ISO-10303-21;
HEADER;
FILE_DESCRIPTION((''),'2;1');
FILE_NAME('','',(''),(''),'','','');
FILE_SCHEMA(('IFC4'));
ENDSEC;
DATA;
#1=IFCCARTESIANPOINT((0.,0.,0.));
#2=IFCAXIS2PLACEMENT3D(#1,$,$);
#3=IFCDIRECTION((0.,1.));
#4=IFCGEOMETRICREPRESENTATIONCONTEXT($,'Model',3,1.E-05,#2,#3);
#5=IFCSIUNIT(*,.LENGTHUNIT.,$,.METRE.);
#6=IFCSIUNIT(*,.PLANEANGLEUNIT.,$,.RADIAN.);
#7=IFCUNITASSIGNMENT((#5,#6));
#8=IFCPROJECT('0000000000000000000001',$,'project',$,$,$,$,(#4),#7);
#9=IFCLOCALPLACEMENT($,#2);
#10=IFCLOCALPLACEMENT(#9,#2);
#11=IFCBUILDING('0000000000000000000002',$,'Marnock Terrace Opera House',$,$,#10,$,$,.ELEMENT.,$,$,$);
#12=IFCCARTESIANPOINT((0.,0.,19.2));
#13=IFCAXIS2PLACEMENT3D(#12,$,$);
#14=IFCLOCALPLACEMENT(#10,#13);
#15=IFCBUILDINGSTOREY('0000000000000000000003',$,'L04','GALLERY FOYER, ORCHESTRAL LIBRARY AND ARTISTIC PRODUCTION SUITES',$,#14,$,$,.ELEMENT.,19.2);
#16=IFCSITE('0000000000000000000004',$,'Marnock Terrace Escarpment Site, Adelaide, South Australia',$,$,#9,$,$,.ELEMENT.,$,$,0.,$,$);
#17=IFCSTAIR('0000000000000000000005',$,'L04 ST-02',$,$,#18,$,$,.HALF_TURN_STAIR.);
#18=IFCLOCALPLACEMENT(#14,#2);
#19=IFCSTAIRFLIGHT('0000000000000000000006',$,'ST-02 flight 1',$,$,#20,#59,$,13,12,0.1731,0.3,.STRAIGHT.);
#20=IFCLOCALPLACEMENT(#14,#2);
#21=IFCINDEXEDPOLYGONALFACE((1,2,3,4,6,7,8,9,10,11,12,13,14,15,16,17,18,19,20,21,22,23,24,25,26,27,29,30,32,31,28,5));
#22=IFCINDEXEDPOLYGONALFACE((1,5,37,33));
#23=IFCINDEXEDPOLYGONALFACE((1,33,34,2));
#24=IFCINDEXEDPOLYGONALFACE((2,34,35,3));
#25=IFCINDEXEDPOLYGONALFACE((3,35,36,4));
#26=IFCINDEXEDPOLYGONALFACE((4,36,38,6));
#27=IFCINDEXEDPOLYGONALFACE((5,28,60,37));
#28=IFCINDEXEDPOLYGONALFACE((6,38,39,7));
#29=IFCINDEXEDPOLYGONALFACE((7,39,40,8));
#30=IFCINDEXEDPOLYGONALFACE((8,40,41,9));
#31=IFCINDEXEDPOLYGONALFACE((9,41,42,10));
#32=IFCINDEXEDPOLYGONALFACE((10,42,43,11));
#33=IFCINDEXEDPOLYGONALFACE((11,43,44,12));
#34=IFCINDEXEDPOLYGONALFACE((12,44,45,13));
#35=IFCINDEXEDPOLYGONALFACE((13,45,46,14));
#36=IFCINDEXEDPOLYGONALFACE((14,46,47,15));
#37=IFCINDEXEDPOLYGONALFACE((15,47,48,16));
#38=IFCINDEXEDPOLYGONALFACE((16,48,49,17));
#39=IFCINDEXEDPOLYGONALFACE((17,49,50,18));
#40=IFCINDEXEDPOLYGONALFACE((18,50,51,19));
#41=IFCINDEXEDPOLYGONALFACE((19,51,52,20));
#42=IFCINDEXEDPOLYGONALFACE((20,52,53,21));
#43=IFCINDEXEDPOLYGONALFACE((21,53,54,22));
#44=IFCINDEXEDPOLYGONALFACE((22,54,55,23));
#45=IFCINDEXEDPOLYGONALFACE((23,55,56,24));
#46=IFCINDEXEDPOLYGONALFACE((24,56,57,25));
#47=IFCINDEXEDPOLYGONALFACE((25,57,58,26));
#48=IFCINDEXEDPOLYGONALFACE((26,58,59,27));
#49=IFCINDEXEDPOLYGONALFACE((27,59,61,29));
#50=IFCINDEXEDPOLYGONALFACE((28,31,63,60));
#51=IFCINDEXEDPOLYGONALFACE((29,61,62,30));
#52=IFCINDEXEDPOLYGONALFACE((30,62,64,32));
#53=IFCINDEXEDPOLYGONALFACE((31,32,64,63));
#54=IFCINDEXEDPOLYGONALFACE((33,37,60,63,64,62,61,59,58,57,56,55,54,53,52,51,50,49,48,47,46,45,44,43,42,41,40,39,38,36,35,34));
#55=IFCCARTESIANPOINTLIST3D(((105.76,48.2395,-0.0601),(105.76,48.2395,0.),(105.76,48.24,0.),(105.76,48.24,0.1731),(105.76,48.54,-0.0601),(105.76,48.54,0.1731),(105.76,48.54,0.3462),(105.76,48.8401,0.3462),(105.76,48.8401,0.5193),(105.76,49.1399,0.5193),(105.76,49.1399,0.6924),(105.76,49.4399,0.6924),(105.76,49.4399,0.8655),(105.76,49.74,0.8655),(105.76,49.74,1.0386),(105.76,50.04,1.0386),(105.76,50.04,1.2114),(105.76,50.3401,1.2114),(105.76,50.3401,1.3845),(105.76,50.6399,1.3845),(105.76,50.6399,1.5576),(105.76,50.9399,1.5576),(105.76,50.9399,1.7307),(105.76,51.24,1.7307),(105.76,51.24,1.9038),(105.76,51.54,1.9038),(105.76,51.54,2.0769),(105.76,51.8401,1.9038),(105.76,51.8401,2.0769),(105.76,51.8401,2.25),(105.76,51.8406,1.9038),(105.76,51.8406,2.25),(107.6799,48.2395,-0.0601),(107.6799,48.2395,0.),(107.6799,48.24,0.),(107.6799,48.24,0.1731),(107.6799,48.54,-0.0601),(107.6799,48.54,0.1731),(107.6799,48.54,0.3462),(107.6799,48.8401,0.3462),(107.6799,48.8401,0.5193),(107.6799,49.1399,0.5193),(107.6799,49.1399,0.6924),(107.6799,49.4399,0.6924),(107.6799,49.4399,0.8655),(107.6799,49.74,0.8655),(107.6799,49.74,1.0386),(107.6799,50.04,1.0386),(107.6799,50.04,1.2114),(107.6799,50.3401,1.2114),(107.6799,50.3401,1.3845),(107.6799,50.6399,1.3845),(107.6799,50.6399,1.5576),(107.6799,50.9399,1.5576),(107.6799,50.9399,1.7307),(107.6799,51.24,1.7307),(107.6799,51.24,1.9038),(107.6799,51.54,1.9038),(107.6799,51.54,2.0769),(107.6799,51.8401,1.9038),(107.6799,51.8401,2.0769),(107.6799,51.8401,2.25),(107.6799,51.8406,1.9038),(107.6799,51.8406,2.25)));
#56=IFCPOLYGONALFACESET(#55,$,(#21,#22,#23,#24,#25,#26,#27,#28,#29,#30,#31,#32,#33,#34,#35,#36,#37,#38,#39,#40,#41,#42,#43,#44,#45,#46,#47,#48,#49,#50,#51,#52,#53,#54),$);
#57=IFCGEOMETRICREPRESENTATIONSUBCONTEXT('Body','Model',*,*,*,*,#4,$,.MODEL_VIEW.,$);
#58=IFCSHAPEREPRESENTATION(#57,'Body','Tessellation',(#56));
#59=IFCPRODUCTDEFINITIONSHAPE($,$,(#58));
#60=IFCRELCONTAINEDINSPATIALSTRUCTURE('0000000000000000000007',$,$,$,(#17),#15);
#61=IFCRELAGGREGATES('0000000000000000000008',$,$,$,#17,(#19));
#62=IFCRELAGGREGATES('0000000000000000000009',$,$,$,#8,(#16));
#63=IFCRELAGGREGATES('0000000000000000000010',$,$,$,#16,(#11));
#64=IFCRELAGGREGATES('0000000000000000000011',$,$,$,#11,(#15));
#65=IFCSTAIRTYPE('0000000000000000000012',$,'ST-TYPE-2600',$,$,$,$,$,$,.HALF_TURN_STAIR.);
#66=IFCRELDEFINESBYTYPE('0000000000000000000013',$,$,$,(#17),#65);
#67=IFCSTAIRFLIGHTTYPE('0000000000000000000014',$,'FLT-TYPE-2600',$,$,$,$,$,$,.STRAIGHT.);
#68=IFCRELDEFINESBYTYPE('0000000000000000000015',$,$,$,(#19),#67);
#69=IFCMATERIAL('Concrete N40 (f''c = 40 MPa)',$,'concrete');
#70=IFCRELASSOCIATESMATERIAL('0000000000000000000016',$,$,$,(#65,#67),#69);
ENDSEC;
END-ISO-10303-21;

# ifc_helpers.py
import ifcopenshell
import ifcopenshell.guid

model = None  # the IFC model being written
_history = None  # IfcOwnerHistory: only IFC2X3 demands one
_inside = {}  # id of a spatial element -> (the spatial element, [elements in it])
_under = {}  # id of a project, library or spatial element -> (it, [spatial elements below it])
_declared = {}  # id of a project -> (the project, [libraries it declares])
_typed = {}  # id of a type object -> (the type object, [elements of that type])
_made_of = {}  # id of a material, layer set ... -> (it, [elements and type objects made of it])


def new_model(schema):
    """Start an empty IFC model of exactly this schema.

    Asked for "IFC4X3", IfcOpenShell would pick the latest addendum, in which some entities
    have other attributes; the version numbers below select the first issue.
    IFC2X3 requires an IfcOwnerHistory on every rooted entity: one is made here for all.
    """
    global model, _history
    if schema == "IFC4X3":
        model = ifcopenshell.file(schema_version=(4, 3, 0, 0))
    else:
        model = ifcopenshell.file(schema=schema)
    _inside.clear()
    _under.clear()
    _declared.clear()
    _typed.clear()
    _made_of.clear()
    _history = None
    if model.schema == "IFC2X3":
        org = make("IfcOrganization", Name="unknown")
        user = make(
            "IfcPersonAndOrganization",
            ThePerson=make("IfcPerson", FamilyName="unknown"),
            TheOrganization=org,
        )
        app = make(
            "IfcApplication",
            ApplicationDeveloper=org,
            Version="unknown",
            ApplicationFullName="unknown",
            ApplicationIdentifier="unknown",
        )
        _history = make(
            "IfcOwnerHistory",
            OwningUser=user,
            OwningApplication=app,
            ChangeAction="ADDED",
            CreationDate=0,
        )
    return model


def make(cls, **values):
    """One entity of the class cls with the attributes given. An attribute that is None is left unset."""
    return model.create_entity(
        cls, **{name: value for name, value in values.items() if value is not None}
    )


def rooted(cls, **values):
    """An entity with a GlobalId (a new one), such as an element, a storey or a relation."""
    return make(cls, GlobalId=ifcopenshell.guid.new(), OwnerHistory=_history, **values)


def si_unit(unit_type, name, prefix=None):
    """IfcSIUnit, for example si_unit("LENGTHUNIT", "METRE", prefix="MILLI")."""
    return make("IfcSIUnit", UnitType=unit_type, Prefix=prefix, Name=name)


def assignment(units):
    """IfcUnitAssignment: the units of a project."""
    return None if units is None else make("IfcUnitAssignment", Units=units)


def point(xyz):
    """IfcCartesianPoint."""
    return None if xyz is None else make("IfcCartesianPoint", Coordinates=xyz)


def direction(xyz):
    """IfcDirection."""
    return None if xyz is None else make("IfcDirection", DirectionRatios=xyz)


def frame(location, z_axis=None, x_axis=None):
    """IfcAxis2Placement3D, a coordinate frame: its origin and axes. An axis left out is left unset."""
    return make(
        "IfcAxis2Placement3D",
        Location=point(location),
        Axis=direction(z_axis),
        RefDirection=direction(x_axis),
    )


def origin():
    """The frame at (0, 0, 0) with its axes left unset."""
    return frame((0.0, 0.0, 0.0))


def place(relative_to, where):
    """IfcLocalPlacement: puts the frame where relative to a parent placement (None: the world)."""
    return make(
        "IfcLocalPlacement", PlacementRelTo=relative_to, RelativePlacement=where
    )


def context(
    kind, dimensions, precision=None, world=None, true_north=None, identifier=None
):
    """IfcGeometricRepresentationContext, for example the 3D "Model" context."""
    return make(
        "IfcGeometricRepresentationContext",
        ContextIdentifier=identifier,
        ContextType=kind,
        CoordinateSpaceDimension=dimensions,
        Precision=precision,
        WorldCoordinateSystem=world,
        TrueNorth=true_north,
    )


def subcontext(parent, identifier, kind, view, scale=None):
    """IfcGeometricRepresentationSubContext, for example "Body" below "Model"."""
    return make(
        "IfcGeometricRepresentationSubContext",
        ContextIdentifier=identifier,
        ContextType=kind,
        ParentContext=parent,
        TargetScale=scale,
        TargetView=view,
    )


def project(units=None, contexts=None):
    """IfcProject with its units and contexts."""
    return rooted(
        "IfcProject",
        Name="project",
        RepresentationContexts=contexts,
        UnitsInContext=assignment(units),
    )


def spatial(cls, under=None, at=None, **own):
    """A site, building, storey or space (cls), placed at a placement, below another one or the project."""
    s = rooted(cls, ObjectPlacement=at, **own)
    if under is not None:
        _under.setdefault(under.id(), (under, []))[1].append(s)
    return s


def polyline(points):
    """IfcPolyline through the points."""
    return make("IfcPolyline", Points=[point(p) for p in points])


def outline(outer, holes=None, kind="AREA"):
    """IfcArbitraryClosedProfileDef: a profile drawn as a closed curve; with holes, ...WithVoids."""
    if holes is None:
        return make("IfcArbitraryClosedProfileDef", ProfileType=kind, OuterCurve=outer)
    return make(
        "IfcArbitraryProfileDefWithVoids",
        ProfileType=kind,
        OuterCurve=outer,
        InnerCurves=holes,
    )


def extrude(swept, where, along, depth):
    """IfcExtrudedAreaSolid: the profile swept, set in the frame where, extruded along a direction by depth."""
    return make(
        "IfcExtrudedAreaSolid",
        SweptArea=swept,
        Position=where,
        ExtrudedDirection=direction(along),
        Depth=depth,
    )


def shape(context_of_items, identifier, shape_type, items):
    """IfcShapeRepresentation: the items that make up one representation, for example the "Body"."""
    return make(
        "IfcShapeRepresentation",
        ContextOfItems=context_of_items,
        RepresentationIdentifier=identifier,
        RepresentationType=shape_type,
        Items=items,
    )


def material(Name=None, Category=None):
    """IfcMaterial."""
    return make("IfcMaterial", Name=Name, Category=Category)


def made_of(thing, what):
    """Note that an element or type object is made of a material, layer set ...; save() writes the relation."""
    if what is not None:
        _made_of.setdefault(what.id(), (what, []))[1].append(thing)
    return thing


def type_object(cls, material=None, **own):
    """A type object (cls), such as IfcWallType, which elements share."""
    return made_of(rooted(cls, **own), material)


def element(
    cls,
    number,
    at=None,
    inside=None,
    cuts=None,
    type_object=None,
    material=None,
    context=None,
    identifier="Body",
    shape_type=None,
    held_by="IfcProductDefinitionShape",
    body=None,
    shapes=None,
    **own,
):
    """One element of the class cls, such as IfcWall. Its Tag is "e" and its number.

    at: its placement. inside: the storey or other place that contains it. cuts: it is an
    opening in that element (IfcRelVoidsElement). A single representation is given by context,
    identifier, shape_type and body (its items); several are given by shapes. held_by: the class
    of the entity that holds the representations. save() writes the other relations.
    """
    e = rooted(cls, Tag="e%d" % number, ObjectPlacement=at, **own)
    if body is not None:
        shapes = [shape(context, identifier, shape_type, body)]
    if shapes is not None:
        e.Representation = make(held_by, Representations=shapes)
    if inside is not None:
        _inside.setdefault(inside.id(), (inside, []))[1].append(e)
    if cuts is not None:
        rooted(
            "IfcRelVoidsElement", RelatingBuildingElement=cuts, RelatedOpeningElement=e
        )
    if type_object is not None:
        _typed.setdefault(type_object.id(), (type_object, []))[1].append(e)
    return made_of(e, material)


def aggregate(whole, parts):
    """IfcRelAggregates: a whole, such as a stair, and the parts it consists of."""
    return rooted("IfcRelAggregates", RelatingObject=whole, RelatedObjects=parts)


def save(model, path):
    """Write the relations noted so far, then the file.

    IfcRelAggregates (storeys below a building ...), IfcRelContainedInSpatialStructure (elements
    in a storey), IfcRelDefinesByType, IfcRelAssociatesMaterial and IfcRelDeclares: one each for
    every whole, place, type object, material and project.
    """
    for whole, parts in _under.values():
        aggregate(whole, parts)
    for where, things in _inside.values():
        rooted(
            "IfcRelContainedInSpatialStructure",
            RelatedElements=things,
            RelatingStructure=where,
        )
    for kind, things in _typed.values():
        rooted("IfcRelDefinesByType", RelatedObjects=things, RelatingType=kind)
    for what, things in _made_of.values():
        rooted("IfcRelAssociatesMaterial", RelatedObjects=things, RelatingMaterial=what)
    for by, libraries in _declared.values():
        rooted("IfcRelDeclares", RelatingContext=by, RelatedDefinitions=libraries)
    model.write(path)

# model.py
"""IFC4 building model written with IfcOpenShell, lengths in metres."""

from ifc_helpers import new_model, si_unit, direction, frame, origin, place, context, subcontext, project, spatial, polyline, outline, extrude, material, type_object, element, aggregate, save


model = new_model("IFC4")

# Units and contexts
model_context = context("Model", 3, precision=1e-05, world=origin(), true_north=direction((0.0, 1.0)))
body_context = subcontext(model_context, "Body", "Model", "MODEL_VIEW")
ifc_project = project(units=[si_unit("LENGTHUNIT", "METRE"), si_unit("PLANEANGLEUNIT", "RADIAN")], contexts=[model_context])

# Site, building, storey
site_placement = place(None, origin())
site = spatial("IfcSite", under=ifc_project, at=site_placement, Name="Marnock Terrace Escarpment Site, Adelaide, South Australia", CompositionType="ELEMENT", RefElevation=0.0)
building_placement = place(site_placement, origin())
building = spatial("IfcBuilding", under=site, at=building_placement, Name="Marnock Terrace Opera House", CompositionType="ELEMENT")
storey_placement = place(building_placement, frame((0.0, 0.0, 19.2)))
storey = spatial("IfcBuildingStorey", under=building, at=storey_placement, Name="L04", Description="GALLERY FOYER, ORCHESTRAL LIBRARY AND ARTISTIC PRODUCTION SUITES", CompositionType="ELEMENT", Elevation=19.2)

# Shared definitions
ifc_material_1 = material(Name="Concrete N40 (f'c = 40 MPa)", Category="concrete")

# Stair, stair flight
stair_type = type_object("IfcStairType", Name="ST-TYPE-2600", PredefinedType="HALF_TURN_STAIR", material=ifc_material_1)
stair_placement = place(storey_placement, origin())
stair = element("IfcStair", 1, at=stair_placement, inside=storey, type_object=stair_type, Name="L04 ST-02", PredefinedType="HALF_TURN_STAIR")
stair_flight_type = type_object("IfcStairFlightType", Name="FLT-TYPE-2600", PredefinedType="STRAIGHT", material=ifc_material_1)
stair_flight_placement = place(storey_placement, frame((106.72, 48.24, 0.0), z_axis=(0.0, 0.0, 1.0), x_axis=(0.0, 1.0, 0.0)))
stair_flight = element("IfcStairFlight", 2, at=stair_flight_placement, type_object=stair_flight_type, Name="ST-02 flight 1", NumberOfRisers=13, NumberOfTreads=12, PredefinedType="STRAIGHT", RiserHeight=0.1731, TreadLength=0.3, context=body_context, shape_type="SweptSolid", body=[
    extrude(outline(polyline([(-0.0005, -0.0601), (-0.0005, 0.0), (0.0, 0.0), (0.0, 0.1731), (0.3, 0.1731), (0.3, 0.3462), (0.6001, 0.3462), (0.6001, 0.5193), (0.8999, 0.5193), (0.8999, 0.6924), (1.2, 0.6924), (1.2, 0.8655), (1.5, 0.8655), (1.5, 1.0386), (1.8, 1.0386), (1.8, 1.2114), (2.1001, 1.2114), (2.1001, 1.3845), (2.3999, 1.3845), (2.3999, 1.5576), (2.7, 1.5576), (2.7, 1.7307), (3.0, 1.7307), (3.0, 1.9038), (3.3, 1.9038), (3.3, 2.0769), (3.6001, 2.0769), (3.6001, 2.25), (3.6006, 2.25), (3.6006, 1.9038), (3.6001, 1.9038), (0.3, -0.0601), (-0.0005, -0.0601)])), frame((0.0, 0.96, 0.0), z_axis=(0.0, -1.0, 0.0), x_axis=(1.0, 0.0, 0.0)), (0.0, 0.0, 1.0), 1.9199),
])
aggregate(stair, [stair_flight])

save(model, "model.ifc")
